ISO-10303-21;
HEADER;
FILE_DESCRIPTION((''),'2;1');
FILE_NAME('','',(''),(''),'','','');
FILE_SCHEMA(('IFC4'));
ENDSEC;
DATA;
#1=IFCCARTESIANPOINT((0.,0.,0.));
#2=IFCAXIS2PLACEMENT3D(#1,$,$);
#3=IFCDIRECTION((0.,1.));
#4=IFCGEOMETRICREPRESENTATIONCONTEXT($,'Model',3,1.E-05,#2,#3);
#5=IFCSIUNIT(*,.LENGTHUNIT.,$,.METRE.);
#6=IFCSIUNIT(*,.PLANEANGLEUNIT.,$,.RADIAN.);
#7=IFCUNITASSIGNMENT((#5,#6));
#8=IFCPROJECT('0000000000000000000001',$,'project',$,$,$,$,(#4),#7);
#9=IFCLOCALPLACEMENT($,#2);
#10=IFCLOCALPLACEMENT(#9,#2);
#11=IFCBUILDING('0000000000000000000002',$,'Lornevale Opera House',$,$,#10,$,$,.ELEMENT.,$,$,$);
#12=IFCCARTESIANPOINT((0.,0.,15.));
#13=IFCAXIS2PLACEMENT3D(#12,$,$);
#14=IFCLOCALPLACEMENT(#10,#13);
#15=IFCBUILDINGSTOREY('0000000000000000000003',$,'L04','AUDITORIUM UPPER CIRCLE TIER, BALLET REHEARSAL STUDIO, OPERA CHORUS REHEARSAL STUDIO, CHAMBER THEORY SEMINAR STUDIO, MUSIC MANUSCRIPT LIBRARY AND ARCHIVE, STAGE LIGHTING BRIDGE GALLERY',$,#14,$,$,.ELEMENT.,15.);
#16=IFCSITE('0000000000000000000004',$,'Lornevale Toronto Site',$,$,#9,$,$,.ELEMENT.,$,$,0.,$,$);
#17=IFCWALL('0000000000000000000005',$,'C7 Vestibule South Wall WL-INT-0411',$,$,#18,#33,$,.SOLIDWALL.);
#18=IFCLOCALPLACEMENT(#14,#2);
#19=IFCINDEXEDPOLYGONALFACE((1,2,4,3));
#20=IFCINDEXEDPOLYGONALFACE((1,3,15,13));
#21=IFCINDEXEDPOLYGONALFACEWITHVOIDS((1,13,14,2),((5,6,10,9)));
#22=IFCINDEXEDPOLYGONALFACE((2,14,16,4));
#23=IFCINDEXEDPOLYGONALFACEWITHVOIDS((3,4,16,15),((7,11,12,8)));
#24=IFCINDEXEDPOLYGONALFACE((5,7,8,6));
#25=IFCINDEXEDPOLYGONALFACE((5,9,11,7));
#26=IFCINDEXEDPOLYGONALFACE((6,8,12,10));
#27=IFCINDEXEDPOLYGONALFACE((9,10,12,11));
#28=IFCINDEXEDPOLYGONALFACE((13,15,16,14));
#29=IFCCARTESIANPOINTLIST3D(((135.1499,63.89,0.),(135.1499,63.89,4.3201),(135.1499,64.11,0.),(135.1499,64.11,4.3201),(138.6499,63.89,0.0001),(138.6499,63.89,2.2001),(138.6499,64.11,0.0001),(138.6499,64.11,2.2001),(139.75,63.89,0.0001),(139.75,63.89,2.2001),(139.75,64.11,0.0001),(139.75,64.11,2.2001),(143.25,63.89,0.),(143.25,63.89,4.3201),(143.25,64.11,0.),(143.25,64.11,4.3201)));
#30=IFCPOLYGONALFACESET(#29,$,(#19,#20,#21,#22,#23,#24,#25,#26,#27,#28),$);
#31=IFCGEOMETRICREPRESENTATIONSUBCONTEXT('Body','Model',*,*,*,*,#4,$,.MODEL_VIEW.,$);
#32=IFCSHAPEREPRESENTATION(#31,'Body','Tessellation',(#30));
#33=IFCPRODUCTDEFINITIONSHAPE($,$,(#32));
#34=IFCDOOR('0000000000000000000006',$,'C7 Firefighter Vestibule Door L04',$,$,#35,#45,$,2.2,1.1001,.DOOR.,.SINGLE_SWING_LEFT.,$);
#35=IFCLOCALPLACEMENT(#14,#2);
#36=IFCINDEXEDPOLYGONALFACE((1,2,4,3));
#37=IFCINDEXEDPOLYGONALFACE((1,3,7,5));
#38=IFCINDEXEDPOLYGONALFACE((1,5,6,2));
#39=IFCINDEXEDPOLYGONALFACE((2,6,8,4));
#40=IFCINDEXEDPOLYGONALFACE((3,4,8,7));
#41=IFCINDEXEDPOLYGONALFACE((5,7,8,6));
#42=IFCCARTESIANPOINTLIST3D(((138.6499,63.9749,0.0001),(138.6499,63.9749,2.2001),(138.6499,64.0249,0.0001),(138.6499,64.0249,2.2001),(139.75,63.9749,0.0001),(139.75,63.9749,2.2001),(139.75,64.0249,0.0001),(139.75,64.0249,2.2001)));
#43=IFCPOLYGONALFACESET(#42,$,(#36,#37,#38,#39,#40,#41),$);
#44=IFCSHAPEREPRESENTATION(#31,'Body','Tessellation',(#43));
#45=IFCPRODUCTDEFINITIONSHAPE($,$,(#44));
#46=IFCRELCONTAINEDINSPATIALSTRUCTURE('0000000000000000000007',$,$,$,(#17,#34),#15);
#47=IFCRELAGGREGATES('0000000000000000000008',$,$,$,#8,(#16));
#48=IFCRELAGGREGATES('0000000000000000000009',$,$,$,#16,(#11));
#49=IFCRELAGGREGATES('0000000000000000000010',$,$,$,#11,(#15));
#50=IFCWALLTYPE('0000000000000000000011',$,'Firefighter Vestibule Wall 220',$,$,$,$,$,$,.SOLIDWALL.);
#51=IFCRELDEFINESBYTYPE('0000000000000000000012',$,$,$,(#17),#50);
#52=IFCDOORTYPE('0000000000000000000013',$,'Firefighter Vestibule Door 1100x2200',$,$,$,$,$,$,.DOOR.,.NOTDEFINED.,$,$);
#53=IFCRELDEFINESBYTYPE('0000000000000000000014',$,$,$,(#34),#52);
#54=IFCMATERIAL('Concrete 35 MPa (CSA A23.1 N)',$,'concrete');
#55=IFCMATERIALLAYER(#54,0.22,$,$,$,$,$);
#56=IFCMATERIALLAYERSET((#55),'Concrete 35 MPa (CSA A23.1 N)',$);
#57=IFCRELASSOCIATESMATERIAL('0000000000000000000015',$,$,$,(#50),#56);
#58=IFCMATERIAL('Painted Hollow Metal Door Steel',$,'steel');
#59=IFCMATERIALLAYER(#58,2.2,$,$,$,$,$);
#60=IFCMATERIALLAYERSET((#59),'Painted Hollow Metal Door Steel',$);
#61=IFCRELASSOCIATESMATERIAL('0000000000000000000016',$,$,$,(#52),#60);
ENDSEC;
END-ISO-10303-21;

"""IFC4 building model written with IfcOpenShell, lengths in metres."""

from ifc_helpers import new_model, si_unit, direction, frame, frame_2d, origin, place, context, subcontext, project, spatial, rectangle, extrude, material, layer, layer_set, type_object, element, fill, save


model = new_model("IFC4")

# Units and contexts
model_context = context("Model", 3, precision=1e-05, world=origin(), true_north=direction((0.0, 1.0)))
body_context = subcontext(model_context, "Body", "Model", "MODEL_VIEW")
ifc_project = project(units=[si_unit("LENGTHUNIT", "METRE"), si_unit("PLANEANGLEUNIT", "RADIAN")], contexts=[model_context])

# Site, building, storey
site_placement = place(None, origin())
site = spatial("IfcSite", under=ifc_project, at=site_placement, Name="Lornevale Toronto Site", CompositionType="ELEMENT", RefElevation=0.0)
building_placement = place(site_placement, origin())
building = spatial("IfcBuilding", under=site, at=building_placement, Name="Lornevale Opera House", CompositionType="ELEMENT")
storey_placement = place(building_placement, frame((0.0, 0.0, 15.0)))
storey = spatial("IfcBuildingStorey", under=building, at=storey_placement, Name="L04", Description="AUDITORIUM UPPER CIRCLE TIER, BALLET REHEARSAL STUDIO, OPERA CHORUS REHEARSAL STUDIO, CHAMBER THEORY SEMINAR STUDIO, MUSIC MANUSCRIPT LIBRARY AND ARCHIVE, STAGE LIGHTING BRIDGE GALLERY", CompositionType="ELEMENT", Elevation=15.0)

# Shared definitions
ifc_material_1 = material(Name="Concrete 35 MPa (CSA A23.1 N)", Category="concrete")
ifc_layer_1 = layer(ifc_material_1, 0.22)
ifc_layer_set_1 = layer_set([ifc_layer_1], Name="Concrete 35 MPa (CSA A23.1 N)")
wall_type = type_object("IfcWallType", Name="Firefighter Vestibule Wall 220", PredefinedType="SOLIDWALL", material=ifc_layer_set_1)

# Wall, opening, door
wall_placement = place(storey_placement, frame((135.1499, 64.0, 0.0), z_axis=(0.0, 0.0, 1.0), x_axis=(1.0, 0.0, 0.0)))
wall = element("IfcWall", 1, at=wall_placement, inside=storey, type_object=wall_type, Name="C7 Vestibule South Wall WL-INT-0411", PredefinedType="SOLIDWALL", context=body_context, shape_type="SweptSolid", body=[
    extrude(rectangle(XDim=8.1001, YDim=0.22, at=frame_2d((4.05, 0.0))), origin(), (0.0, 0.0, 1.0), 4.3201),
])
opening_placement = place(wall_placement, frame((3.5, 0.0, 0.0)))
opening = element("IfcOpeningElement", 2, at=opening_placement, cuts=wall, PredefinedType="OPENING", context=body_context, shape_type="SweptSolid", body=[
    extrude(rectangle(XDim=1.1001, YDim=2.2, at=frame_2d((0.55, 1.1001))), frame((0.0, 0.1199, 0.0), z_axis=(0.0, -1.0, 0.0), x_axis=(1.0, 0.0, 0.0)), (0.0, 0.0, 1.0), 0.24),
])
ifc_material_2 = material(Name="Painted Hollow Metal Door Steel", Category="steel")
ifc_layer_2 = layer(ifc_material_2, 2.2)
ifc_layer_set_2 = layer_set([ifc_layer_2], Name="Painted Hollow Metal Door Steel")
door_type = type_object("IfcDoorType", Name="Firefighter Vestibule Door 1100x2200", OperationType="NOTDEFINED", PredefinedType="DOOR", material=ifc_layer_set_2)
door_placement = place(opening_placement, origin())
door = element("IfcDoor", 3, at=door_placement, inside=storey, type_object=door_type, Name="C7 Firefighter Vestibule Door L04", OperationType="SINGLE_SWING_LEFT", OverallHeight=2.2, OverallWidth=1.1001, PredefinedType="DOOR", context=body_context, shape_type="SweptSolid", body=[
    extrude(rectangle(XDim=1.1001, YDim=2.2, at=frame_2d((0.55, 1.1001))), frame((0.0, 0.0249, 0.0), z_axis=(0.0, -1.0, 0.0), x_axis=(1.0, 0.0, 0.0)), (0.0, 0.0, 1.0), 0.05),
])
fill(opening, door)

save(model, "model.ifc")
